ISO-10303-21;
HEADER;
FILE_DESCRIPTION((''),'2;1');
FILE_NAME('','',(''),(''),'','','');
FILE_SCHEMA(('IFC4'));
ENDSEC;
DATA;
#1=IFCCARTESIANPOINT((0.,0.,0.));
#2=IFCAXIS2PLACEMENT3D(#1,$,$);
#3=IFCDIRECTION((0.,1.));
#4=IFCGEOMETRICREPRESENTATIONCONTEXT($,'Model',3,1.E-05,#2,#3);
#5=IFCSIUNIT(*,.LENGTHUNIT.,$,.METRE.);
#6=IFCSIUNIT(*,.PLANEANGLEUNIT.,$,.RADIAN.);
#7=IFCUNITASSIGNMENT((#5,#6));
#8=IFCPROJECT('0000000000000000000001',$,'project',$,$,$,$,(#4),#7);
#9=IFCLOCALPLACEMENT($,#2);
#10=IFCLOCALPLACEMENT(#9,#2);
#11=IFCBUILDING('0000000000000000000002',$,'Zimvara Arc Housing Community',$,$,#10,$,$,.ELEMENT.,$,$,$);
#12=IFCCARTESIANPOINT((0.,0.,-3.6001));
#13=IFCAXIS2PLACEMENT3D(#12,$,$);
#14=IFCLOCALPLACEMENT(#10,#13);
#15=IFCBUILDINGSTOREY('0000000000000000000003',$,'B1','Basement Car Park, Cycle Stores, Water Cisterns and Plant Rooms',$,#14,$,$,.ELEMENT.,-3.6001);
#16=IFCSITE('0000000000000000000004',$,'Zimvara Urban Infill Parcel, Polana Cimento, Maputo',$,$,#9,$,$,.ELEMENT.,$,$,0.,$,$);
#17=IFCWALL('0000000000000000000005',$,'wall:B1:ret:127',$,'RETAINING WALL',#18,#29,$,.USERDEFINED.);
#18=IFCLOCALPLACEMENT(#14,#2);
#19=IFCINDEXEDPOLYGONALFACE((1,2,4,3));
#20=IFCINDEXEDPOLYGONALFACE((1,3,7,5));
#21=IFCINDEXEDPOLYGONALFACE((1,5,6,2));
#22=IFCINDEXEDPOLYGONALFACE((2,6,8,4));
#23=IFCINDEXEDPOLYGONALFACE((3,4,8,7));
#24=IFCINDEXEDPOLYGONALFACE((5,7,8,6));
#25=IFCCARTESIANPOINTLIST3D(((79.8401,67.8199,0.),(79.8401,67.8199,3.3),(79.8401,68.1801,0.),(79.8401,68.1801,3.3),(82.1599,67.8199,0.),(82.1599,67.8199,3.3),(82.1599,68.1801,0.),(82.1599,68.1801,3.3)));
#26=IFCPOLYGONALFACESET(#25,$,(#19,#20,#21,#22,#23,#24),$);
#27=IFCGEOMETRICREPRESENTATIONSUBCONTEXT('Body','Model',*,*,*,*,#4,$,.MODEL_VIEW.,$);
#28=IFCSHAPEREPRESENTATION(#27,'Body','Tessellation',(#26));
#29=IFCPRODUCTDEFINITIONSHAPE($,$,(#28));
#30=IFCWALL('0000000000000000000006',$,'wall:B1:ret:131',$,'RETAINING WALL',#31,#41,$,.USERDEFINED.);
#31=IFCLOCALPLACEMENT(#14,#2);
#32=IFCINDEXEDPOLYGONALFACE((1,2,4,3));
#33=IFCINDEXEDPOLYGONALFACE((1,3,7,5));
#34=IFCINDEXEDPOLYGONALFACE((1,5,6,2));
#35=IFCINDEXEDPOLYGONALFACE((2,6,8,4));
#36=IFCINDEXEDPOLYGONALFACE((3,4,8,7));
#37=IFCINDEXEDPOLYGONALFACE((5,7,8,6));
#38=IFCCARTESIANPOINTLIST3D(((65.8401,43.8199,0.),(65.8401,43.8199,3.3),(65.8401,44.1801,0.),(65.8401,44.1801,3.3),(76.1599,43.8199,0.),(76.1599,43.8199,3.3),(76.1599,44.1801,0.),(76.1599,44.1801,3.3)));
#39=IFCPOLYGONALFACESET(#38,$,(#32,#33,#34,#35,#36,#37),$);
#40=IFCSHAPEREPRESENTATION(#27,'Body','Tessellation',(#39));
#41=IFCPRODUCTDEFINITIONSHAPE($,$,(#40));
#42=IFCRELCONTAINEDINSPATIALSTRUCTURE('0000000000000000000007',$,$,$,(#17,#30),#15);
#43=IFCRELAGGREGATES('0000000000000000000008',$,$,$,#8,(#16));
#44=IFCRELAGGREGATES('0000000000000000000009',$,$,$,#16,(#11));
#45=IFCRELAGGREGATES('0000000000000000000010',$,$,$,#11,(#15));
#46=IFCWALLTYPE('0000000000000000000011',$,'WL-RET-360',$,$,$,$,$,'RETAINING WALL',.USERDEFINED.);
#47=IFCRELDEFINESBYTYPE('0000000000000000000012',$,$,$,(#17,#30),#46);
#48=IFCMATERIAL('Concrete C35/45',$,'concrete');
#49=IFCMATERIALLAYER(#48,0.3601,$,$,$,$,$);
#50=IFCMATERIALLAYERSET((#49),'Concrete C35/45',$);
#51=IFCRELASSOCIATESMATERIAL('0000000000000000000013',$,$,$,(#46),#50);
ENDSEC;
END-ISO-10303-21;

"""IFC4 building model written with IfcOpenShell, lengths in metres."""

from ifc_helpers import new_model, si_unit, direction, frame, frame_2d, origin, place, context, subcontext, project, spatial, rectangle, extrude, material, layer, layer_set, type_object, element, save


model = new_model("IFC4")

# Units and contexts
model_context = context("Model", 3, precision=1e-05, world=origin(), true_north=direction((0.0, 1.0)))
body_context = subcontext(model_context, "Body", "Model", "MODEL_VIEW")
ifc_project = project(units=[si_unit("LENGTHUNIT", "METRE"), si_unit("PLANEANGLEUNIT", "RADIAN")], contexts=[model_context])

# Site, building, storey
site_placement = place(None, origin())
site = spatial("IfcSite", under=ifc_project, at=site_placement, Name="Zimvara Urban Infill Parcel, Polana Cimento, Maputo", CompositionType="ELEMENT", RefElevation=0.0)
building_placement = place(site_placement, origin())
building = spatial("IfcBuilding", under=site, at=building_placement, Name="Zimvara Arc Housing Community", CompositionType="ELEMENT")
storey_placement = place(building_placement, frame((0.0, 0.0, -3.6001)))
storey = spatial("IfcBuildingStorey", under=building, at=storey_placement, Name="B1", Description="Basement Car Park, Cycle Stores, Water Cisterns and Plant Rooms", CompositionType="ELEMENT", Elevation=-3.6001)

# Walls
ifc_material_1 = material(Name="Concrete C35/45", Category="concrete")
ifc_layer_1 = layer(ifc_material_1, 0.3601)
ifc_layer_set_1 = layer_set([ifc_layer_1], Name="Concrete C35/45")
wall_type_1 = type_object("IfcWallType", Name="WL-RET-360", ElementType="RETAINING WALL", PredefinedType="USERDEFINED", material=ifc_layer_set_1)
wall_1_placement = place(storey_placement, frame((79.8401, 68.0, 0.0), z_axis=(0.0, 0.0, 1.0), x_axis=(1.0, 0.0, 0.0)))
element("IfcWall", 1, at=wall_1_placement, inside=storey, type_object=wall_type_1, Name="wall:B1:ret:127", ObjectType="RETAINING WALL", PredefinedType="USERDEFINED", context=body_context, shape_type="SweptSolid", body=[
    extrude(rectangle(XDim=2.3198, YDim=0.3601, at=frame_2d((1.1599, 0.0))), origin(), (0.0, 0.0, 1.0), 3.3),
])
wall_2_placement = place(storey_placement, frame((76.1599, 44.0, 0.0), z_axis=(0.0, 0.0, 1.0), x_axis=(-1.0, 0.0, 0.0)))
element("IfcWall", 2, at=wall_2_placement, inside=storey, type_object=wall_type_1, Name="wall:B1:ret:131", ObjectType="RETAINING WALL", PredefinedType="USERDEFINED", context=body_context, shape_type="SweptSolid", body=[
    extrude(rectangle(XDim=10.3198, YDim=0.3601, at=frame_2d((5.1599, 0.0))), origin(), (0.0, 0.0, 1.0), 3.3),
])

save(model, "model.ifc")
